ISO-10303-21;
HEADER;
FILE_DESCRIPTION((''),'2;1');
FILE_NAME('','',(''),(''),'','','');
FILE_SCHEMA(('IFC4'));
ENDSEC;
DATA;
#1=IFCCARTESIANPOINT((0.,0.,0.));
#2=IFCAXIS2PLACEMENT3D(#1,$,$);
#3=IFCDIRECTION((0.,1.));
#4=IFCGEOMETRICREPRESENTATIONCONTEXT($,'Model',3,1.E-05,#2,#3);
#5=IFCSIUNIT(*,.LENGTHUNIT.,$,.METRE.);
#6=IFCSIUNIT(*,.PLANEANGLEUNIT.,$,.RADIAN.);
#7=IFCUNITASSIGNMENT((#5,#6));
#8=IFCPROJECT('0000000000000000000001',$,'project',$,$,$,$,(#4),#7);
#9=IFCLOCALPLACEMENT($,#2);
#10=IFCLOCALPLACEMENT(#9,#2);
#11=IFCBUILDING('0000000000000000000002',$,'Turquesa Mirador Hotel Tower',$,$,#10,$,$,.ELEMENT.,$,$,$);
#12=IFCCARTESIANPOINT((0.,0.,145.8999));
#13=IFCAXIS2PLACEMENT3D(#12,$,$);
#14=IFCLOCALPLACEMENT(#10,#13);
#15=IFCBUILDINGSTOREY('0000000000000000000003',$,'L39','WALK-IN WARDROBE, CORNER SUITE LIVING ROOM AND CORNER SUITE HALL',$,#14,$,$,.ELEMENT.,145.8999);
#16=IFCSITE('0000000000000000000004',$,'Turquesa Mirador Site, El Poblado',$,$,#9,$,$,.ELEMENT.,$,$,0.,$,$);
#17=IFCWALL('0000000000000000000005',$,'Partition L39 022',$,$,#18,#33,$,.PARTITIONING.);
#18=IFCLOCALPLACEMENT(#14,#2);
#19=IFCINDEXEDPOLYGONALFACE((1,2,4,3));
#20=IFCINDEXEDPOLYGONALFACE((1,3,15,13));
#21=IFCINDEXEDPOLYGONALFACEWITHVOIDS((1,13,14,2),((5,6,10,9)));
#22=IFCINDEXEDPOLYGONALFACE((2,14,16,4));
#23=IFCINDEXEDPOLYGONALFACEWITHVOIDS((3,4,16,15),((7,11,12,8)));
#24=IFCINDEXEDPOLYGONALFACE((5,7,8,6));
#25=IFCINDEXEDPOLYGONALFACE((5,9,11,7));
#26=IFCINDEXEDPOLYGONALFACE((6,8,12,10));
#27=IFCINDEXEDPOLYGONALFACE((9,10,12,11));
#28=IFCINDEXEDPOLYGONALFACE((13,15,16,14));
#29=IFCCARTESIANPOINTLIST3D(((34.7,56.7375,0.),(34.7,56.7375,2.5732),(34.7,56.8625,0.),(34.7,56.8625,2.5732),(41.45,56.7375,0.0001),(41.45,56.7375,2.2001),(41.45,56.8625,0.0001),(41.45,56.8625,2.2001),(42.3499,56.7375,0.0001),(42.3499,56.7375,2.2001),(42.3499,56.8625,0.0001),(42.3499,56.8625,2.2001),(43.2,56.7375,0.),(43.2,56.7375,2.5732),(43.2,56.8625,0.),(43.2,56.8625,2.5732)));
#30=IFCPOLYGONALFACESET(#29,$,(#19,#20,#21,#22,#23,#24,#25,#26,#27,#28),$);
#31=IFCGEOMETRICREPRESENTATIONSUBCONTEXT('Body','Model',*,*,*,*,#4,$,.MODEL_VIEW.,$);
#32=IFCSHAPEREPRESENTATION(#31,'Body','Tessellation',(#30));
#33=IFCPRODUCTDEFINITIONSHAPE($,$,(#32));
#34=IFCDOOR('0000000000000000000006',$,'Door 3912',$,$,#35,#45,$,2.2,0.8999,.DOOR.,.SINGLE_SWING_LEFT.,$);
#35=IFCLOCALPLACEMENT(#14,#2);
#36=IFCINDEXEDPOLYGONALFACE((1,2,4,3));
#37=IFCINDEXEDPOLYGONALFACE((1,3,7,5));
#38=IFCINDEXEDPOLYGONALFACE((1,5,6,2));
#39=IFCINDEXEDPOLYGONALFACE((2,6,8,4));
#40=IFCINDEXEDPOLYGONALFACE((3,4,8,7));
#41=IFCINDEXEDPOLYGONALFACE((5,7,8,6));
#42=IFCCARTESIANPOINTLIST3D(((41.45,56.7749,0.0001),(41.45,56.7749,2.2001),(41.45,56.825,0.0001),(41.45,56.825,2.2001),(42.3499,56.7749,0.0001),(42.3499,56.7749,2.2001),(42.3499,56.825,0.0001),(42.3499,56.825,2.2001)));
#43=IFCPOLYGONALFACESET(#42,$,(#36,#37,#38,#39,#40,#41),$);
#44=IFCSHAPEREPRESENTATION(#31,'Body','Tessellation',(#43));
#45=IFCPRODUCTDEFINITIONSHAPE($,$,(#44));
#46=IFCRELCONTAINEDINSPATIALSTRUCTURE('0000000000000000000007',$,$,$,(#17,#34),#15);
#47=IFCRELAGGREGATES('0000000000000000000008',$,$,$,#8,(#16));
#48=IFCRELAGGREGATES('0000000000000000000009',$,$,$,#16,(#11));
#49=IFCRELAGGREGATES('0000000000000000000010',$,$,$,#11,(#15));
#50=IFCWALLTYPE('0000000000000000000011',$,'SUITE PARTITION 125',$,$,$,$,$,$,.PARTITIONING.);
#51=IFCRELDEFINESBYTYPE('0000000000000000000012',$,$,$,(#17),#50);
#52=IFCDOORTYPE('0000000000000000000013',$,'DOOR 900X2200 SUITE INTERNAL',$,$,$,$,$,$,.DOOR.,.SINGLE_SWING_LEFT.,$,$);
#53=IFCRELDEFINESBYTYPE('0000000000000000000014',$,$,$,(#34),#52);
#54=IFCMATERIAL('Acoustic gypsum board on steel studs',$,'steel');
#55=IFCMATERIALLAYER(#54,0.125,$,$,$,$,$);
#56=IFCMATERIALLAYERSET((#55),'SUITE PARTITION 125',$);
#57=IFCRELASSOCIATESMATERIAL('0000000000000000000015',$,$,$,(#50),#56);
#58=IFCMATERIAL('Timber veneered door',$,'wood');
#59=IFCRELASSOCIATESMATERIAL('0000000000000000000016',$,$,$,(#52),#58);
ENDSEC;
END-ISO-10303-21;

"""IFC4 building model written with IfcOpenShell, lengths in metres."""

from ifc_helpers import new_model, si_unit, direction, frame, frame_2d, origin, place, context, subcontext, project, spatial, rectangle, extrude, material, layer, layer_set, type_object, element, fill, save


model = new_model("IFC4")

# Units and contexts
model_context = context("Model", 3, precision=1e-05, world=origin(), true_north=direction((0.0, 1.0)))
body_context = subcontext(model_context, "Body", "Model", "MODEL_VIEW")
ifc_project = project(units=[si_unit("LENGTHUNIT", "METRE"), si_unit("PLANEANGLEUNIT", "RADIAN")], contexts=[model_context])

# Site, building, storey
site_placement = place(None, origin())
site = spatial("IfcSite", under=ifc_project, at=site_placement, Name="Turquesa Mirador Site, El Poblado", CompositionType="ELEMENT", RefElevation=0.0)
building_placement = place(site_placement, origin())
building = spatial("IfcBuilding", under=site, at=building_placement, Name="Turquesa Mirador Hotel Tower", CompositionType="ELEMENT")
storey_placement = place(building_placement, frame((0.0, 0.0, 145.8999)))
storey = spatial("IfcBuildingStorey", under=building, at=storey_placement, Name="L39", Description="WALK-IN WARDROBE, CORNER SUITE LIVING ROOM AND CORNER SUITE HALL", CompositionType="ELEMENT", Elevation=145.8999)

# Wall, opening, door
ifc_material_1 = material(Name="Acoustic gypsum board on steel studs", Category="steel")
ifc_layer_1 = layer(ifc_material_1, 0.125)
ifc_layer_set_1 = layer_set([ifc_layer_1], Name="SUITE PARTITION 125")
wall_type_1 = type_object("IfcWallType", Name="SUITE PARTITION 125", PredefinedType="PARTITIONING", material=ifc_layer_set_1)
wall_1_placement = place(storey_placement, frame((34.7, 56.8, 0.0), z_axis=(0.0, 0.0, 1.0), x_axis=(1.0, 0.0, 0.0)))
wall_1 = element("IfcWall", 1, at=wall_1_placement, inside=storey, type_object=wall_type_1, Name="Partition L39 022", PredefinedType="PARTITIONING", context=body_context, shape_type="SweptSolid", body=[
    extrude(rectangle(XDim=8.5, YDim=0.125, at=frame_2d((4.25, 0.0))), origin(), (0.0, 0.0, 1.0), 2.5732),
])
opening_1_placement = place(wall_1_placement, frame((6.75, 0.0, 0.0)))
opening_1 = element("IfcOpeningElement", 2, at=opening_1_placement, cuts=wall_1, PredefinedType="OPENING", context=body_context, shape_type="SweptSolid", body=[
    extrude(rectangle(XDim=0.8999, YDim=2.2, at=frame_2d((0.45, 1.1001))), frame((0.0, 0.0725, 0.0), z_axis=(0.0, -1.0, 0.0), x_axis=(1.0, 0.0, 0.0)), (0.0, 0.0, 1.0), 0.145),
])
ifc_material_2 = material(Name="Timber veneered door", Category="wood")
door_type = type_object("IfcDoorType", Name="DOOR 900X2200 SUITE INTERNAL", OperationType="SINGLE_SWING_LEFT", PredefinedType="DOOR", material=ifc_material_2)
door_placement = place(opening_1_placement, origin())
door = element("IfcDoor", 3, at=door_placement, inside=storey, type_object=door_type, Name="Door 3912", OperationType="SINGLE_SWING_LEFT", OverallHeight=2.2, OverallWidth=0.8999, PredefinedType="DOOR", context=body_context, shape_type="SweptSolid", body=[
    extrude(rectangle(XDim=0.8999, YDim=2.2, at=frame_2d((0.45, 1.1001))), frame((0.0, 0.0249, 0.0), z_axis=(0.0, -1.0, 0.0), x_axis=(1.0, 0.0, 0.0)), (0.0, 0.0, 1.0), 0.05),
])
fill(opening_1, door)

save(model, "model.ifc")
